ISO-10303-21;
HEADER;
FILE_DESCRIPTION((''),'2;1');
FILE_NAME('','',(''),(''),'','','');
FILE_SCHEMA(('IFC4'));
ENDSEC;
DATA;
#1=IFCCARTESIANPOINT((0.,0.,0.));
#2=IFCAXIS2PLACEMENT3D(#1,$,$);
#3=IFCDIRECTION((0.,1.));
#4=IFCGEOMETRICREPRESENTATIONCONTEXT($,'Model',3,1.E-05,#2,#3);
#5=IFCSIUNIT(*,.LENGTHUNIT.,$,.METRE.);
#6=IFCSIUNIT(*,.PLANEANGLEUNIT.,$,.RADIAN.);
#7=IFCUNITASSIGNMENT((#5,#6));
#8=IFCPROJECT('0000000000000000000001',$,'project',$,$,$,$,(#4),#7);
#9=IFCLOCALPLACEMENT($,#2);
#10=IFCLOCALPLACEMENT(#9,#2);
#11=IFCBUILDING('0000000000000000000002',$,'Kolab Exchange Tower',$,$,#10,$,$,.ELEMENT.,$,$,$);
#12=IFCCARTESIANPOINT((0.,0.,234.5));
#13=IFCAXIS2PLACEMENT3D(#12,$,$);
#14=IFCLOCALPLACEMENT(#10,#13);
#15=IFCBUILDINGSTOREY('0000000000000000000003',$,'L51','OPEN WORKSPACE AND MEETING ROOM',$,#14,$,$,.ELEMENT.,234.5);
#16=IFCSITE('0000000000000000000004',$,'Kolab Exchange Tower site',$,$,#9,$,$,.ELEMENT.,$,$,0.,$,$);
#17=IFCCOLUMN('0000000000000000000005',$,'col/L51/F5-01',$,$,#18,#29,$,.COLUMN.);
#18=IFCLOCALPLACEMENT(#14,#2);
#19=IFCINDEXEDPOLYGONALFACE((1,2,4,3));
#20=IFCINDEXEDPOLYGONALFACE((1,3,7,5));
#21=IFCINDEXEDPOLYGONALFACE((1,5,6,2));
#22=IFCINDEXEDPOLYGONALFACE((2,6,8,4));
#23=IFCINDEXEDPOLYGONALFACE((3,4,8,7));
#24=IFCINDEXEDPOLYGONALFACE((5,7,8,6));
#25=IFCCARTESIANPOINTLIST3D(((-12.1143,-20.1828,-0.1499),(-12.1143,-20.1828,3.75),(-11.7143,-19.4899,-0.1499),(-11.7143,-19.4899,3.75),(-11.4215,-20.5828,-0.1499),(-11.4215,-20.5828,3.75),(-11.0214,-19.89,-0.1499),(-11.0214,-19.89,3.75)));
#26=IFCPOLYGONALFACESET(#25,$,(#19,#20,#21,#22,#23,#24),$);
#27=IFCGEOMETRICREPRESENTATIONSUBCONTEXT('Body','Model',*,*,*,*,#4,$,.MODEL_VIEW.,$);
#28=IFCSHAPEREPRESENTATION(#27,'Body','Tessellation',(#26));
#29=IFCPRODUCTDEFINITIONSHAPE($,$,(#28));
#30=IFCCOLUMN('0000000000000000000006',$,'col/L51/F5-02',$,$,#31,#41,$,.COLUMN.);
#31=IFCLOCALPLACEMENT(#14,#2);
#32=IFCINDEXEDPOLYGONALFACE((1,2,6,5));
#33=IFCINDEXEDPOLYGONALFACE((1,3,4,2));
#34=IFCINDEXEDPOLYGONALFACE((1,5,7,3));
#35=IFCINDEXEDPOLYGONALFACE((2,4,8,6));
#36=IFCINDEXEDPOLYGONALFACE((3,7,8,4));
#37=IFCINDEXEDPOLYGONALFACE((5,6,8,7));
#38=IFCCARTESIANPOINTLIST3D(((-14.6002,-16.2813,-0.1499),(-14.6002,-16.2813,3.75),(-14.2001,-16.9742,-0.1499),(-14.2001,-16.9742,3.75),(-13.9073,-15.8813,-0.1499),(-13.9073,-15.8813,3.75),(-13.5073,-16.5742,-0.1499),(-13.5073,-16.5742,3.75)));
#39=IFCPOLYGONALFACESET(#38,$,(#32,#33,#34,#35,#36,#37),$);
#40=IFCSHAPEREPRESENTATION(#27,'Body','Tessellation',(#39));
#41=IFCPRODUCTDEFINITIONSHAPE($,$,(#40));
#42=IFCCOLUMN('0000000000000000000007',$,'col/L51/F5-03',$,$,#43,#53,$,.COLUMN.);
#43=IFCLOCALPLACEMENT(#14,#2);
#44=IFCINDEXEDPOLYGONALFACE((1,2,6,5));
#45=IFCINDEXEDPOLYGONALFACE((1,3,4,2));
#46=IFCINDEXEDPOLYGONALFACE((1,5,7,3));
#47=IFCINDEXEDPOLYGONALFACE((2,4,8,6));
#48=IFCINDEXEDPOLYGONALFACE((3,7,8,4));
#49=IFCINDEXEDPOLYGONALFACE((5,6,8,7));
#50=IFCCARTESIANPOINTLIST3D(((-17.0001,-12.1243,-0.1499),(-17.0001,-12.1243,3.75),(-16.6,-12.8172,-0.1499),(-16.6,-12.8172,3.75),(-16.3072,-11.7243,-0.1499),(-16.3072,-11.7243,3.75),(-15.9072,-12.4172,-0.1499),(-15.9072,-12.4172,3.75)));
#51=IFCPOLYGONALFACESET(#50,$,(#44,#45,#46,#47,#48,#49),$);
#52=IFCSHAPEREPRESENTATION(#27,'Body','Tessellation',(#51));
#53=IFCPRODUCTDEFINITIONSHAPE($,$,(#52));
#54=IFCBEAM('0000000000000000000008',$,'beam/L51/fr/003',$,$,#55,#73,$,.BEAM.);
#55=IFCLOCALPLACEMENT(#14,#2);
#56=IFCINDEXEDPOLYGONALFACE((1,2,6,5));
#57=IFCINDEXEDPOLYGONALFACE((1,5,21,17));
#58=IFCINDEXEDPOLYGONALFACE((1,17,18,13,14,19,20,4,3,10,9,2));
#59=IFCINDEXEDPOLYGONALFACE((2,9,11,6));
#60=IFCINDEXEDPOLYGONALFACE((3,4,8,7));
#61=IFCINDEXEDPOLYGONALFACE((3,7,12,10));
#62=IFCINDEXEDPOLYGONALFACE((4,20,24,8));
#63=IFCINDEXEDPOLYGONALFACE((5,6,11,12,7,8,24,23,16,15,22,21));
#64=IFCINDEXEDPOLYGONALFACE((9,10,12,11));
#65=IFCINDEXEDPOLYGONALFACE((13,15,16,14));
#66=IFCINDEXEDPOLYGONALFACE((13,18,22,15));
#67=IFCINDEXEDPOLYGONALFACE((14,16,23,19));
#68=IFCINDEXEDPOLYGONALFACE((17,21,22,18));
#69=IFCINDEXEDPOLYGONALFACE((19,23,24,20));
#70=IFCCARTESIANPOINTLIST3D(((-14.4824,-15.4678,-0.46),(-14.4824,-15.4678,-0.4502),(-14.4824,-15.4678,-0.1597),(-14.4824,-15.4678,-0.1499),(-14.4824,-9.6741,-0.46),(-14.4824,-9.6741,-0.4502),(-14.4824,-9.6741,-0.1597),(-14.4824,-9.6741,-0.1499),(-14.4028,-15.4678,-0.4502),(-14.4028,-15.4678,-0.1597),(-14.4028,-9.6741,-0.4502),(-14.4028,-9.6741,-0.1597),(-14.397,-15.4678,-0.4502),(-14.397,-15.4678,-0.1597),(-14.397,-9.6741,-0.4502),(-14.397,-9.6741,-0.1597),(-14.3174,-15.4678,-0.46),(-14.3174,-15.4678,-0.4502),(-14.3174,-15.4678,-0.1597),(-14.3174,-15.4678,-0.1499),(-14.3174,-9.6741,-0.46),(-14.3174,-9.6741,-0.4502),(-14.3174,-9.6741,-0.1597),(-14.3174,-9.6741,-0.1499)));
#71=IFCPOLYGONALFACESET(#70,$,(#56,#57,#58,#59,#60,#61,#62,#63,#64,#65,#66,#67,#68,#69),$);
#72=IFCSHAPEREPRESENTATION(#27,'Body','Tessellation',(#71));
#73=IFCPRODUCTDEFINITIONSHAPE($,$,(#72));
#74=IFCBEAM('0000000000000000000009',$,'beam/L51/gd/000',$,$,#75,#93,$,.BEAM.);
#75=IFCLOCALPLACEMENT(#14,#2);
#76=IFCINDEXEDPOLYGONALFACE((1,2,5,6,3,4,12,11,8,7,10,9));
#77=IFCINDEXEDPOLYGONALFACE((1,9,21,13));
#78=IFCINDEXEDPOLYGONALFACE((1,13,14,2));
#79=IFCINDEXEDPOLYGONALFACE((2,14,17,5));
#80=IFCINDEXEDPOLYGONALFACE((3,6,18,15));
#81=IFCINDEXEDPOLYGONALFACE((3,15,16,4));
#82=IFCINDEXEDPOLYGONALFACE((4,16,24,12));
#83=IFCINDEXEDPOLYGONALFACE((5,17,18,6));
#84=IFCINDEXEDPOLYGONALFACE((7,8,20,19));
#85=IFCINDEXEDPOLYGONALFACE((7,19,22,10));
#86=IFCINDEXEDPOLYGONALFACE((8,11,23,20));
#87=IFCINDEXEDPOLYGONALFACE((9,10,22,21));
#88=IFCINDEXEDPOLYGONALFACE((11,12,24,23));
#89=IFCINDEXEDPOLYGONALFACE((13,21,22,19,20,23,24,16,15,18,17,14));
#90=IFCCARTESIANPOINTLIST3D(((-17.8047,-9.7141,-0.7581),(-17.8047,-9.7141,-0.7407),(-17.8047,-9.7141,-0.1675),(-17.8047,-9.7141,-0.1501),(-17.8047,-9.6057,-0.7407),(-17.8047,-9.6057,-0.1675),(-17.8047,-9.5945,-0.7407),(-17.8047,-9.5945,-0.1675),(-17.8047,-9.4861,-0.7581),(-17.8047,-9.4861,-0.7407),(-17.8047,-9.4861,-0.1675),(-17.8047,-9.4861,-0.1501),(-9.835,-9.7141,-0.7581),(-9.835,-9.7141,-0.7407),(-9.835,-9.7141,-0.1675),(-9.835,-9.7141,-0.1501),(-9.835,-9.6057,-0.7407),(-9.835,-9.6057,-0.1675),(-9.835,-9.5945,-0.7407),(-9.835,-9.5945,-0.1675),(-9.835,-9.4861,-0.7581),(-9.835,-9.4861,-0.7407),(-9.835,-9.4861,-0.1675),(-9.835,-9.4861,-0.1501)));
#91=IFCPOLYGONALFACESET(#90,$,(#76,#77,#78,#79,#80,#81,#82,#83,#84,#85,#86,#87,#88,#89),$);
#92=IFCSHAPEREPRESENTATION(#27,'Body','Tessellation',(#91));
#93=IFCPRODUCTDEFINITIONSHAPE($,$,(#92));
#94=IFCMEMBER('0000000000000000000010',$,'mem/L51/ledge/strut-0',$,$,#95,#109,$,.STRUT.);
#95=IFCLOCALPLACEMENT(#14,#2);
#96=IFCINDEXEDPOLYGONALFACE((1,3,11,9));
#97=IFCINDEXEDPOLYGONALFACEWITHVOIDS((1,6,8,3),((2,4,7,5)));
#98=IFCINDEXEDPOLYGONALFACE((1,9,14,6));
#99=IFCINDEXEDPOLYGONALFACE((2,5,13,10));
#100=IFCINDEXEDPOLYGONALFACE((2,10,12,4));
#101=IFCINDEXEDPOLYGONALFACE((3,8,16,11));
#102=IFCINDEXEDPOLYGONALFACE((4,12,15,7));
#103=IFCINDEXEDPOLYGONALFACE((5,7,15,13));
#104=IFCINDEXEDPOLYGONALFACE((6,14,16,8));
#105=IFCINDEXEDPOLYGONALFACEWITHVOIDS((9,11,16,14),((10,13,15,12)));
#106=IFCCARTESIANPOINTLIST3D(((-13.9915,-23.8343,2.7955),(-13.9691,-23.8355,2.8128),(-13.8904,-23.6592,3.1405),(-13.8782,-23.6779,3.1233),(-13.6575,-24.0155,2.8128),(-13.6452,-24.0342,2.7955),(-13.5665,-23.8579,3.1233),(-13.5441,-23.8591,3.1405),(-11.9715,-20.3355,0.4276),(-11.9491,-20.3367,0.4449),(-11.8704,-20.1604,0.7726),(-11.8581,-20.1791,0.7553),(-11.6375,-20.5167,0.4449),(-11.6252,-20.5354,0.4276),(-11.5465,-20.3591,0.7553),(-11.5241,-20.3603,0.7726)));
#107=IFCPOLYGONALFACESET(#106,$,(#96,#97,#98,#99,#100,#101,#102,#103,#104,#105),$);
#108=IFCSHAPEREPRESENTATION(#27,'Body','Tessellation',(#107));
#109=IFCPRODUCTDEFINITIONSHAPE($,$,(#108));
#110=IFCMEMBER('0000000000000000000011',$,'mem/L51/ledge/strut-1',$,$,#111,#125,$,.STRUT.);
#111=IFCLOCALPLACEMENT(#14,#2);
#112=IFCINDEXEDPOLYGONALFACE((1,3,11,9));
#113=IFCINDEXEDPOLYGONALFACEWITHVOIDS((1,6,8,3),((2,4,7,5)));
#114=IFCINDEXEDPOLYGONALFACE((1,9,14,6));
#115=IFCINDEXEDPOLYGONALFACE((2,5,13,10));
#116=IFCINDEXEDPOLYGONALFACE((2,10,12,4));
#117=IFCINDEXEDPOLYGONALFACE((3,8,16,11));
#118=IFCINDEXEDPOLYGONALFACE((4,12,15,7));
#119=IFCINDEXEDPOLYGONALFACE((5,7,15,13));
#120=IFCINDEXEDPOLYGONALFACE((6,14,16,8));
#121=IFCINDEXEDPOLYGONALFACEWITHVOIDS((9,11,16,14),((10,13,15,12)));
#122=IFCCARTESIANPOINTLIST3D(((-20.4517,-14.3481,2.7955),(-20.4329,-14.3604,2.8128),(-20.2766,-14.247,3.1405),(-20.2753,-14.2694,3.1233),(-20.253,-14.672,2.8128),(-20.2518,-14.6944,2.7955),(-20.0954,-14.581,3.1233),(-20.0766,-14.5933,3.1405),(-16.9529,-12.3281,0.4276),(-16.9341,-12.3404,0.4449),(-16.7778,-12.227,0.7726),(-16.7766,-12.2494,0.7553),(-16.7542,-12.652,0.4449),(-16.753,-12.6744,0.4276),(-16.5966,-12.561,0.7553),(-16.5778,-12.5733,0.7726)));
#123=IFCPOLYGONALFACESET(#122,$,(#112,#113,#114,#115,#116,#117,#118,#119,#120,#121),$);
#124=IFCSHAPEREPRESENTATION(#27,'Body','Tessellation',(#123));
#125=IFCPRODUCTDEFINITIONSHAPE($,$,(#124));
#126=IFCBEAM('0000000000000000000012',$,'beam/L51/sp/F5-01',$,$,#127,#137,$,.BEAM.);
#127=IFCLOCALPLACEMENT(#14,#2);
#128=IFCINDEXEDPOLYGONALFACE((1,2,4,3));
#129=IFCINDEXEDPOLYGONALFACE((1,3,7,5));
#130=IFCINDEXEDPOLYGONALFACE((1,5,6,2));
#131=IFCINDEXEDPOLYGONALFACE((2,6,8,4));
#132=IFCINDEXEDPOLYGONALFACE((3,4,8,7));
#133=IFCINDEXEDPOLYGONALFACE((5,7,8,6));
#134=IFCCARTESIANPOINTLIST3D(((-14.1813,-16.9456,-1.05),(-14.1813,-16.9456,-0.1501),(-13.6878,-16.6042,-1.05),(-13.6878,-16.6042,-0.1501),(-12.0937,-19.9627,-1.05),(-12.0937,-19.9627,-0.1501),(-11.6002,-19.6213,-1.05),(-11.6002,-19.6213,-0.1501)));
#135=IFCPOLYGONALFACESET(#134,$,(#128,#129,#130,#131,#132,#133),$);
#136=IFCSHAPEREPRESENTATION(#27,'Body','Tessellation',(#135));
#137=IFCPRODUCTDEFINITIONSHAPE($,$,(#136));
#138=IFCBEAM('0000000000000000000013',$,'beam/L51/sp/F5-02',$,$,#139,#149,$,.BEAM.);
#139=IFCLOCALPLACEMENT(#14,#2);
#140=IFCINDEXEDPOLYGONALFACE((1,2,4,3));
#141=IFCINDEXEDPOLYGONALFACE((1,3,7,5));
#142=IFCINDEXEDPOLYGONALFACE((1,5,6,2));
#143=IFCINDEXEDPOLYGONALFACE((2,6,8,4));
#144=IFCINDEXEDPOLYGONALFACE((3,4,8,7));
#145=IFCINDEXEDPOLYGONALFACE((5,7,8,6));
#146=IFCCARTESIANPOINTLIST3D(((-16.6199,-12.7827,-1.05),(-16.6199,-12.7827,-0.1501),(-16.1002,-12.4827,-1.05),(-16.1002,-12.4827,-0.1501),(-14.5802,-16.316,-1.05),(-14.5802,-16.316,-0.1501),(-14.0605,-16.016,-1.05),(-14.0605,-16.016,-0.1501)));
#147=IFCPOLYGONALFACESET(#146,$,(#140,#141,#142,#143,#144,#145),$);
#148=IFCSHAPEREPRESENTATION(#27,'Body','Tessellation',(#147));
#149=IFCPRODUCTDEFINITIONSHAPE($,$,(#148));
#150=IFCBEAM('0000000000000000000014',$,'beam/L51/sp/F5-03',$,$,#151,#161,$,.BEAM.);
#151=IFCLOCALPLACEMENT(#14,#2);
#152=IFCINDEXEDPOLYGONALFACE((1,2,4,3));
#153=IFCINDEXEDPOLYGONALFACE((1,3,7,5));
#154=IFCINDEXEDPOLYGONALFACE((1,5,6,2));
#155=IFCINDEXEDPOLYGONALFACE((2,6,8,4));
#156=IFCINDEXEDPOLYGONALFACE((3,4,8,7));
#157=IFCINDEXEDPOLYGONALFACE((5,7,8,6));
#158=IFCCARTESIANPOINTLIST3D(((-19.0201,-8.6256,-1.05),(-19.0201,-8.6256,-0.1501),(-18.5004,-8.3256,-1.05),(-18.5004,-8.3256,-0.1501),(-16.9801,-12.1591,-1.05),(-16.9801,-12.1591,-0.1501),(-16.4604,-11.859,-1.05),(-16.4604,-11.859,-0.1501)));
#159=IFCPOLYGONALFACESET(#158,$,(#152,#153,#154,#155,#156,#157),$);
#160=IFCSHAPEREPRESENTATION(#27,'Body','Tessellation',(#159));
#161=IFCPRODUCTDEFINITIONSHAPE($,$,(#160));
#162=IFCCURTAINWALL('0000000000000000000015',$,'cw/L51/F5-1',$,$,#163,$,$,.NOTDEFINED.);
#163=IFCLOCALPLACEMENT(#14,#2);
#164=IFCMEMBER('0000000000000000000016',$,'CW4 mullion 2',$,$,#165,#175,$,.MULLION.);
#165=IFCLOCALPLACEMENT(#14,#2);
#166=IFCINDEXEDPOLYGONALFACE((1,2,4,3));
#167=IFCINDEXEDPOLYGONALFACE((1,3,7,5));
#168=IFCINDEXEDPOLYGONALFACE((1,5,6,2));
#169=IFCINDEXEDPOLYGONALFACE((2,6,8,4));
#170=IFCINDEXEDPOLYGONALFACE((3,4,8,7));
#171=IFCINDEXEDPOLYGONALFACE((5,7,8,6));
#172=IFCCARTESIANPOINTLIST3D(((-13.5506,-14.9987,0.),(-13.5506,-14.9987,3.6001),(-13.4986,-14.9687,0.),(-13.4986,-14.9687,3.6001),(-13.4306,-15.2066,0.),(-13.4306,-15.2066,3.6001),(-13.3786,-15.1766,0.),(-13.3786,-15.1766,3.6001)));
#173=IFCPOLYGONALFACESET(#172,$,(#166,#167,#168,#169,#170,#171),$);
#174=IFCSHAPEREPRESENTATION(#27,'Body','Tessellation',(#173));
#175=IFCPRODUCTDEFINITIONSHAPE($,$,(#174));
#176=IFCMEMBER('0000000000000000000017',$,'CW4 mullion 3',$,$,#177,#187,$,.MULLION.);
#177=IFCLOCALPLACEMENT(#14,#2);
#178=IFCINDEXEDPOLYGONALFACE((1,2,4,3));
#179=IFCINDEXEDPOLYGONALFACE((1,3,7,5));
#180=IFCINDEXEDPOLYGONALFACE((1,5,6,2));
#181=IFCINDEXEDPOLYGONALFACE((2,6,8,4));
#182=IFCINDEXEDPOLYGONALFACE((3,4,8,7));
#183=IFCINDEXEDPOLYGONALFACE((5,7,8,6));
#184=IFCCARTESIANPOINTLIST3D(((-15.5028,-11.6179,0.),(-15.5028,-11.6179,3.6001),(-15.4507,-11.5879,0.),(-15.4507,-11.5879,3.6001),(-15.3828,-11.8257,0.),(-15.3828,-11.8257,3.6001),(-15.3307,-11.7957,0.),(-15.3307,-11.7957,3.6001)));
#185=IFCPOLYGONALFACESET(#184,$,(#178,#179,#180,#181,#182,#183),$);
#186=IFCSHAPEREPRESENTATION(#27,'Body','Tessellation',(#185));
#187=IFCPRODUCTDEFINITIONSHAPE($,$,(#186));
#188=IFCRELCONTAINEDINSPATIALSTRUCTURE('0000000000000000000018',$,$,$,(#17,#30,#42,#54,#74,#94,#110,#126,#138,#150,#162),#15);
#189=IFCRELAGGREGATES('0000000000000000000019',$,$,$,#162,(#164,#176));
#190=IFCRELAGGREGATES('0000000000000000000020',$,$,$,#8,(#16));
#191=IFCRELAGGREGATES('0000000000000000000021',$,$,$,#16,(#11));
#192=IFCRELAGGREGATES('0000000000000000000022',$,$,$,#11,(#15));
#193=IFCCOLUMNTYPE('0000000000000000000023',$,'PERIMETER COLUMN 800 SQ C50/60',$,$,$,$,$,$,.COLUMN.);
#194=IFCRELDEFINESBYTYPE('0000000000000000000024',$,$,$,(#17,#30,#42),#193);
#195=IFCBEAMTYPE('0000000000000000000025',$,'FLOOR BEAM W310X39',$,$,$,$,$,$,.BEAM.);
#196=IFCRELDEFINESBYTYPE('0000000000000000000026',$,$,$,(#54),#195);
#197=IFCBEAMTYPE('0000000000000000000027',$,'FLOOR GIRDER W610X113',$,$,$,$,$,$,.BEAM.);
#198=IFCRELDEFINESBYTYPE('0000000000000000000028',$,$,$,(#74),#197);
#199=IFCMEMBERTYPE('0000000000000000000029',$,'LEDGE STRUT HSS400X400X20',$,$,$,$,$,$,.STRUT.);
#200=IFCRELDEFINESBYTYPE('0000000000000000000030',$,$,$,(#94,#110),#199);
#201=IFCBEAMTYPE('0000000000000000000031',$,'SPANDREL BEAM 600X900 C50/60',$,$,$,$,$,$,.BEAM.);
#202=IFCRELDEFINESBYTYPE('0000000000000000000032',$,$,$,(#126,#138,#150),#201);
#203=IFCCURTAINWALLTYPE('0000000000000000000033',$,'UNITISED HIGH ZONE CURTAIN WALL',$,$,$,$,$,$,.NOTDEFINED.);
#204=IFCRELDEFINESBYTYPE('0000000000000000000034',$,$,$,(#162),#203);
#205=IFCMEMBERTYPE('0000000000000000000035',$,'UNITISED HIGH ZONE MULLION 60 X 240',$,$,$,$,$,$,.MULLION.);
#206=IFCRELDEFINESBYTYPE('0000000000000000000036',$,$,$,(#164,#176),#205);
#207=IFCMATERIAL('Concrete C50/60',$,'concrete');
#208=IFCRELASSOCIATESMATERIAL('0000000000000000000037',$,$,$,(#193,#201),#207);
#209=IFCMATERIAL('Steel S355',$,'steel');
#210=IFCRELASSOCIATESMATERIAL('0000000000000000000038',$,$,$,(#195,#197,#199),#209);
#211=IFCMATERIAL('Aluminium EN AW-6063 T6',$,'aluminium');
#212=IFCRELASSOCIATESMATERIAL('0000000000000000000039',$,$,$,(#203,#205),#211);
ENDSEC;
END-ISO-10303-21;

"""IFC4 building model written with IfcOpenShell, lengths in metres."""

from ifc_helpers import new_model, si_unit, direction, frame, origin, origin_2d, place, context, subcontext, project, spatial, rectangle, hollow_rectangle, i_section, extrude, material, material_profile, profile_set, type_object, element, aggregate, save


model = new_model("IFC4")

# Units and contexts
model_context = context("Model", 3, precision=1e-05, world=origin(), true_north=direction((0.0, 1.0)))
body_context = subcontext(model_context, "Body", "Model", "MODEL_VIEW")
ifc_project = project(units=[si_unit("LENGTHUNIT", "METRE"), si_unit("PLANEANGLEUNIT", "RADIAN")], contexts=[model_context])

# Site, building, storey
site_placement = place(None, origin())
site = spatial("IfcSite", under=ifc_project, at=site_placement, Name="Kolab Exchange Tower site", CompositionType="ELEMENT", RefElevation=0.0)
building_placement = place(site_placement, origin())
building = spatial("IfcBuilding", under=site, at=building_placement, Name="Kolab Exchange Tower", CompositionType="ELEMENT")
storey_placement = place(building_placement, frame((0.0, 0.0, 234.5)))
storey = spatial("IfcBuildingStorey", under=building, at=storey_placement, Name="L51", Description="OPEN WORKSPACE AND MEETING ROOM", CompositionType="ELEMENT", Elevation=234.5)

# Columns
ifc_material_1 = material(Name="Concrete C50/60", Category="concrete")
ifc_material_profile_1 = material_profile(ifc_material_1, rectangle(XDim=0.8, YDim=0.8, at=origin_2d()), Name="RC800")
ifc_profile_set_1 = profile_set([ifc_material_profile_1], Name="Concrete C50/60")
column_type = type_object("IfcColumnType", Name="PERIMETER COLUMN 800 SQ C50/60", PredefinedType="COLUMN", material=ifc_profile_set_1)
for number, where, z_axis, x_axis, name in (
    (1, (-11.5679, -20.0364, -0.1499), (0.0, 0.0, 1.0), (0.5, 0.866025, 0.0), "col/L51/F5-01"),
    (2, (-14.0537, -16.4277, -0.1499), (0.0, 0.0, 1.0), (0.866025, 0.5, 0.0), "col/L51/F5-02"),
    (3, (-16.4536, -12.2708, -0.1499), (0.0, 0.0, 1.0), (0.866025, 0.5, 0.0), "col/L51/F5-03"),
):
    element("IfcColumn", number, at=place(storey_placement, frame(where, z_axis=z_axis, x_axis=x_axis)), inside=storey, type_object=column_type, Name=name, PredefinedType="COLUMN", context=body_context, shape_type="SweptSolid", body=[
        extrude(rectangle(XDim=0.8, YDim=0.8, at=origin_2d()), origin(), (0.0, 0.0, 1.0), 3.8999),
    ])

# Beams
ifc_material_2 = material(Name="Steel S355", Category="steel")
ifc_material_profile_2 = material_profile(ifc_material_2, i_section(OverallWidth=0.165, OverallDepth=0.3101, WebThickness=0.0059, FlangeThickness=0.0098, at=origin_2d()), Name="W310X39")
ifc_profile_set_2 = profile_set([ifc_material_profile_2], Name="Steel S355")
beam_type_1 = type_object("IfcBeamType", Name="FLOOR BEAM W310X39", PredefinedType="BEAM", material=ifc_profile_set_2)
beam_1_placement = place(storey_placement, frame((-14.3999, -15.4678, -0.3049), z_axis=(0.0, 1.0, 0.0), x_axis=(-1.0, 0.0, 0.0)))
element("IfcBeam", 4, at=beam_1_placement, inside=storey, type_object=beam_type_1, Name="beam/L51/fr/003", PredefinedType="BEAM", context=body_context, shape_type="SweptSolid", body=[
    extrude(i_section(OverallWidth=0.165, OverallDepth=0.3101, WebThickness=0.0059, FlangeThickness=0.0098, at=origin_2d()), origin(), (0.0, 0.0, 1.0), 5.7937),
])
ifc_material_profile_3 = material_profile(ifc_material_2, i_section(OverallWidth=0.228, OverallDepth=0.6079, WebThickness=0.0112, FlangeThickness=0.0173, at=origin_2d()), Name="W610X113")
ifc_profile_set_3 = profile_set([ifc_material_profile_3], Name="Steel S355")
beam_type_2 = type_object("IfcBeamType", Name="FLOOR GIRDER W610X113", PredefinedType="BEAM", material=ifc_profile_set_3)
beam_2_placement = place(storey_placement, frame((-17.8047, -9.6001, -0.4541), z_axis=(1.0, 0.0, 0.0), x_axis=(0.0, 1.0, 0.0)))
element("IfcBeam", 5, at=beam_2_placement, inside=storey, type_object=beam_type_2, Name="beam/L51/gd/000", PredefinedType="BEAM", context=body_context, shape_type="SweptSolid", body=[
    extrude(i_section(OverallWidth=0.228, OverallDepth=0.6079, WebThickness=0.0112, FlangeThickness=0.0173, at=origin_2d()), origin(), (0.0, 0.0, 1.0), 7.9697),
])

# Members
ifc_material_profile_4 = material_profile(ifc_material_2, hollow_rectangle(XDim=0.3999, YDim=0.3999, WallThickness=0.02, at=origin_2d()), Name="HSS400X400X20")
ifc_profile_set_4 = profile_set([ifc_material_profile_4], Name="Steel S355")
member_type_1 = type_object("IfcMemberType", Name="LEDGE STRUT HSS400X400X20", PredefinedType="STRUT", material=ifc_profile_set_4)
for number, where, z_axis, x_axis, name in (
    (6, (-11.7478, -20.3479, 0.6001), (-0.431366, -0.747149, 0.505659), (0.866026, -0.5, 0.0), "mem/L51/ledge/strut-0"),
    (7, (-16.7654, -12.4507, 0.6001), (-0.747149, -0.431366, 0.505659), (0.5, -0.866026, 0.0), "mem/L51/ledge/strut-1"),
):
    element("IfcMember", number, at=place(storey_placement, frame(where, z_axis=z_axis, x_axis=x_axis)), inside=storey, type_object=member_type_1, Name=name, PredefinedType="STRUT", context=body_context, shape_type="SweptSolid", body=[
        extrude(hollow_rectangle(XDim=0.3999, YDim=0.3999, WallThickness=0.02, at=origin_2d()), origin(), (0.0, 0.0, 1.0), 4.6829),
    ])

# Beams
ifc_material_profile_5 = material_profile(ifc_material_1, rectangle(XDim=0.6001, YDim=0.8999, at=origin_2d()), Name="RC600X900")
ifc_profile_set_5 = profile_set([ifc_material_profile_5], Name="Concrete C50/60")
beam_type_3 = type_object("IfcBeamType", Name="SPANDREL BEAM 600X900 C50/60", PredefinedType="BEAM", material=ifc_profile_set_5)
beam_3_placement = place(storey_placement, frame((-11.8469, -19.792, -0.6001), z_axis=(-0.569006, 0.822334, 0.0), x_axis=(-0.822334, -0.569006, 0.0)))
element("IfcBeam", 8, at=beam_3_placement, inside=storey, type_object=beam_type_3, Name="beam/L51/sp/F5-01", PredefinedType="BEAM", context=body_context, shape_type="SweptSolid", body=[
    extrude(rectangle(XDim=0.6001, YDim=0.8999, at=origin_2d()), origin(), (0.0, 0.0, 1.0), 3.6689),
])
beam_4_placement = place(storey_placement, frame((-14.3203, -16.166, -0.6001), z_axis=(-0.499956, 0.866051, 0.0), x_axis=(-0.866051, -0.499956, 0.0)))
element("IfcBeam", 9, at=beam_4_placement, inside=storey, type_object=beam_type_3, Name="beam/L51/sp/F5-02", PredefinedType="BEAM", context=body_context, shape_type="SweptSolid", body=[
    extrude(rectangle(XDim=0.6001, YDim=0.8999, at=origin_2d()), origin(), (0.0, 0.0, 1.0), 4.0798),
])
beam_5_placement = place(storey_placement, frame((-16.7202, -12.009, -0.6001), z_axis=(-0.5, 0.866025, 0.0), x_axis=(-0.866025, -0.5, 0.0)))
element("IfcBeam", 10, at=beam_5_placement, inside=storey, type_object=beam_type_3, Name="beam/L51/sp/F5-03", PredefinedType="BEAM", context=body_context, shape_type="SweptSolid", body=[
    extrude(rectangle(XDim=0.6001, YDim=0.8999, at=origin_2d()), origin(), (0.0, 0.0, 1.0), 4.0801),
])

# Curtain wall, members
ifc_material_3 = material(Name="Aluminium EN AW-6063 T6", Category="aluminium")
curtain_wall_type = type_object("IfcCurtainWallType", Name="UNITISED HIGH ZONE CURTAIN WALL", PredefinedType="NOTDEFINED", material=ifc_material_3)
curtain_wall_placement = place(storey_placement, origin())
curtain_wall = element("IfcCurtainWall", 11, at=curtain_wall_placement, inside=storey, type_object=curtain_wall_type, Name="cw/L51/F5-1", PredefinedType="NOTDEFINED")
ifc_material_profile_6 = material_profile(ifc_material_3, rectangle(XDim=0.0601, YDim=0.24, at=origin_2d()), Name="RECT 60X240")
ifc_profile_set_6 = profile_set([ifc_material_profile_6], Name="Aluminium EN AW-6063 T6")
member_type_2 = type_object("IfcMemberType", Name="UNITISED HIGH ZONE MULLION 60 X 240", PredefinedType="MULLION", material=ifc_profile_set_6)
member_1_placement = place(storey_placement, frame((-13.4646, -15.0876, 0.0), z_axis=(0.0, 0.0, 1.0), x_axis=(-0.866025, -0.5, 0.0)))
member_1 = element("IfcMember", 12, at=member_1_placement, type_object=member_type_2, Name="CW4 mullion 2", PredefinedType="MULLION", context=body_context, shape_type="SweptSolid", body=[
    extrude(rectangle(XDim=0.0601, YDim=0.24, at=origin_2d()), origin(), (0.0, 0.0, 1.0), 3.6001),
])
member_2_placement = place(storey_placement, frame((-15.4167, -11.7068, 0.0), z_axis=(0.0, 0.0, 1.0), x_axis=(-0.866025, -0.5, 0.0)))
member_2 = element("IfcMember", 13, at=member_2_placement, type_object=member_type_2, Name="CW4 mullion 3", PredefinedType="MULLION", context=body_context, shape_type="SweptSolid", body=[
    extrude(rectangle(XDim=0.0601, YDim=0.24, at=origin_2d()), origin(), (0.0, 0.0, 1.0), 3.6001),
])
aggregate(curtain_wall, [member_1, member_2])

save(model, "model.ifc")
